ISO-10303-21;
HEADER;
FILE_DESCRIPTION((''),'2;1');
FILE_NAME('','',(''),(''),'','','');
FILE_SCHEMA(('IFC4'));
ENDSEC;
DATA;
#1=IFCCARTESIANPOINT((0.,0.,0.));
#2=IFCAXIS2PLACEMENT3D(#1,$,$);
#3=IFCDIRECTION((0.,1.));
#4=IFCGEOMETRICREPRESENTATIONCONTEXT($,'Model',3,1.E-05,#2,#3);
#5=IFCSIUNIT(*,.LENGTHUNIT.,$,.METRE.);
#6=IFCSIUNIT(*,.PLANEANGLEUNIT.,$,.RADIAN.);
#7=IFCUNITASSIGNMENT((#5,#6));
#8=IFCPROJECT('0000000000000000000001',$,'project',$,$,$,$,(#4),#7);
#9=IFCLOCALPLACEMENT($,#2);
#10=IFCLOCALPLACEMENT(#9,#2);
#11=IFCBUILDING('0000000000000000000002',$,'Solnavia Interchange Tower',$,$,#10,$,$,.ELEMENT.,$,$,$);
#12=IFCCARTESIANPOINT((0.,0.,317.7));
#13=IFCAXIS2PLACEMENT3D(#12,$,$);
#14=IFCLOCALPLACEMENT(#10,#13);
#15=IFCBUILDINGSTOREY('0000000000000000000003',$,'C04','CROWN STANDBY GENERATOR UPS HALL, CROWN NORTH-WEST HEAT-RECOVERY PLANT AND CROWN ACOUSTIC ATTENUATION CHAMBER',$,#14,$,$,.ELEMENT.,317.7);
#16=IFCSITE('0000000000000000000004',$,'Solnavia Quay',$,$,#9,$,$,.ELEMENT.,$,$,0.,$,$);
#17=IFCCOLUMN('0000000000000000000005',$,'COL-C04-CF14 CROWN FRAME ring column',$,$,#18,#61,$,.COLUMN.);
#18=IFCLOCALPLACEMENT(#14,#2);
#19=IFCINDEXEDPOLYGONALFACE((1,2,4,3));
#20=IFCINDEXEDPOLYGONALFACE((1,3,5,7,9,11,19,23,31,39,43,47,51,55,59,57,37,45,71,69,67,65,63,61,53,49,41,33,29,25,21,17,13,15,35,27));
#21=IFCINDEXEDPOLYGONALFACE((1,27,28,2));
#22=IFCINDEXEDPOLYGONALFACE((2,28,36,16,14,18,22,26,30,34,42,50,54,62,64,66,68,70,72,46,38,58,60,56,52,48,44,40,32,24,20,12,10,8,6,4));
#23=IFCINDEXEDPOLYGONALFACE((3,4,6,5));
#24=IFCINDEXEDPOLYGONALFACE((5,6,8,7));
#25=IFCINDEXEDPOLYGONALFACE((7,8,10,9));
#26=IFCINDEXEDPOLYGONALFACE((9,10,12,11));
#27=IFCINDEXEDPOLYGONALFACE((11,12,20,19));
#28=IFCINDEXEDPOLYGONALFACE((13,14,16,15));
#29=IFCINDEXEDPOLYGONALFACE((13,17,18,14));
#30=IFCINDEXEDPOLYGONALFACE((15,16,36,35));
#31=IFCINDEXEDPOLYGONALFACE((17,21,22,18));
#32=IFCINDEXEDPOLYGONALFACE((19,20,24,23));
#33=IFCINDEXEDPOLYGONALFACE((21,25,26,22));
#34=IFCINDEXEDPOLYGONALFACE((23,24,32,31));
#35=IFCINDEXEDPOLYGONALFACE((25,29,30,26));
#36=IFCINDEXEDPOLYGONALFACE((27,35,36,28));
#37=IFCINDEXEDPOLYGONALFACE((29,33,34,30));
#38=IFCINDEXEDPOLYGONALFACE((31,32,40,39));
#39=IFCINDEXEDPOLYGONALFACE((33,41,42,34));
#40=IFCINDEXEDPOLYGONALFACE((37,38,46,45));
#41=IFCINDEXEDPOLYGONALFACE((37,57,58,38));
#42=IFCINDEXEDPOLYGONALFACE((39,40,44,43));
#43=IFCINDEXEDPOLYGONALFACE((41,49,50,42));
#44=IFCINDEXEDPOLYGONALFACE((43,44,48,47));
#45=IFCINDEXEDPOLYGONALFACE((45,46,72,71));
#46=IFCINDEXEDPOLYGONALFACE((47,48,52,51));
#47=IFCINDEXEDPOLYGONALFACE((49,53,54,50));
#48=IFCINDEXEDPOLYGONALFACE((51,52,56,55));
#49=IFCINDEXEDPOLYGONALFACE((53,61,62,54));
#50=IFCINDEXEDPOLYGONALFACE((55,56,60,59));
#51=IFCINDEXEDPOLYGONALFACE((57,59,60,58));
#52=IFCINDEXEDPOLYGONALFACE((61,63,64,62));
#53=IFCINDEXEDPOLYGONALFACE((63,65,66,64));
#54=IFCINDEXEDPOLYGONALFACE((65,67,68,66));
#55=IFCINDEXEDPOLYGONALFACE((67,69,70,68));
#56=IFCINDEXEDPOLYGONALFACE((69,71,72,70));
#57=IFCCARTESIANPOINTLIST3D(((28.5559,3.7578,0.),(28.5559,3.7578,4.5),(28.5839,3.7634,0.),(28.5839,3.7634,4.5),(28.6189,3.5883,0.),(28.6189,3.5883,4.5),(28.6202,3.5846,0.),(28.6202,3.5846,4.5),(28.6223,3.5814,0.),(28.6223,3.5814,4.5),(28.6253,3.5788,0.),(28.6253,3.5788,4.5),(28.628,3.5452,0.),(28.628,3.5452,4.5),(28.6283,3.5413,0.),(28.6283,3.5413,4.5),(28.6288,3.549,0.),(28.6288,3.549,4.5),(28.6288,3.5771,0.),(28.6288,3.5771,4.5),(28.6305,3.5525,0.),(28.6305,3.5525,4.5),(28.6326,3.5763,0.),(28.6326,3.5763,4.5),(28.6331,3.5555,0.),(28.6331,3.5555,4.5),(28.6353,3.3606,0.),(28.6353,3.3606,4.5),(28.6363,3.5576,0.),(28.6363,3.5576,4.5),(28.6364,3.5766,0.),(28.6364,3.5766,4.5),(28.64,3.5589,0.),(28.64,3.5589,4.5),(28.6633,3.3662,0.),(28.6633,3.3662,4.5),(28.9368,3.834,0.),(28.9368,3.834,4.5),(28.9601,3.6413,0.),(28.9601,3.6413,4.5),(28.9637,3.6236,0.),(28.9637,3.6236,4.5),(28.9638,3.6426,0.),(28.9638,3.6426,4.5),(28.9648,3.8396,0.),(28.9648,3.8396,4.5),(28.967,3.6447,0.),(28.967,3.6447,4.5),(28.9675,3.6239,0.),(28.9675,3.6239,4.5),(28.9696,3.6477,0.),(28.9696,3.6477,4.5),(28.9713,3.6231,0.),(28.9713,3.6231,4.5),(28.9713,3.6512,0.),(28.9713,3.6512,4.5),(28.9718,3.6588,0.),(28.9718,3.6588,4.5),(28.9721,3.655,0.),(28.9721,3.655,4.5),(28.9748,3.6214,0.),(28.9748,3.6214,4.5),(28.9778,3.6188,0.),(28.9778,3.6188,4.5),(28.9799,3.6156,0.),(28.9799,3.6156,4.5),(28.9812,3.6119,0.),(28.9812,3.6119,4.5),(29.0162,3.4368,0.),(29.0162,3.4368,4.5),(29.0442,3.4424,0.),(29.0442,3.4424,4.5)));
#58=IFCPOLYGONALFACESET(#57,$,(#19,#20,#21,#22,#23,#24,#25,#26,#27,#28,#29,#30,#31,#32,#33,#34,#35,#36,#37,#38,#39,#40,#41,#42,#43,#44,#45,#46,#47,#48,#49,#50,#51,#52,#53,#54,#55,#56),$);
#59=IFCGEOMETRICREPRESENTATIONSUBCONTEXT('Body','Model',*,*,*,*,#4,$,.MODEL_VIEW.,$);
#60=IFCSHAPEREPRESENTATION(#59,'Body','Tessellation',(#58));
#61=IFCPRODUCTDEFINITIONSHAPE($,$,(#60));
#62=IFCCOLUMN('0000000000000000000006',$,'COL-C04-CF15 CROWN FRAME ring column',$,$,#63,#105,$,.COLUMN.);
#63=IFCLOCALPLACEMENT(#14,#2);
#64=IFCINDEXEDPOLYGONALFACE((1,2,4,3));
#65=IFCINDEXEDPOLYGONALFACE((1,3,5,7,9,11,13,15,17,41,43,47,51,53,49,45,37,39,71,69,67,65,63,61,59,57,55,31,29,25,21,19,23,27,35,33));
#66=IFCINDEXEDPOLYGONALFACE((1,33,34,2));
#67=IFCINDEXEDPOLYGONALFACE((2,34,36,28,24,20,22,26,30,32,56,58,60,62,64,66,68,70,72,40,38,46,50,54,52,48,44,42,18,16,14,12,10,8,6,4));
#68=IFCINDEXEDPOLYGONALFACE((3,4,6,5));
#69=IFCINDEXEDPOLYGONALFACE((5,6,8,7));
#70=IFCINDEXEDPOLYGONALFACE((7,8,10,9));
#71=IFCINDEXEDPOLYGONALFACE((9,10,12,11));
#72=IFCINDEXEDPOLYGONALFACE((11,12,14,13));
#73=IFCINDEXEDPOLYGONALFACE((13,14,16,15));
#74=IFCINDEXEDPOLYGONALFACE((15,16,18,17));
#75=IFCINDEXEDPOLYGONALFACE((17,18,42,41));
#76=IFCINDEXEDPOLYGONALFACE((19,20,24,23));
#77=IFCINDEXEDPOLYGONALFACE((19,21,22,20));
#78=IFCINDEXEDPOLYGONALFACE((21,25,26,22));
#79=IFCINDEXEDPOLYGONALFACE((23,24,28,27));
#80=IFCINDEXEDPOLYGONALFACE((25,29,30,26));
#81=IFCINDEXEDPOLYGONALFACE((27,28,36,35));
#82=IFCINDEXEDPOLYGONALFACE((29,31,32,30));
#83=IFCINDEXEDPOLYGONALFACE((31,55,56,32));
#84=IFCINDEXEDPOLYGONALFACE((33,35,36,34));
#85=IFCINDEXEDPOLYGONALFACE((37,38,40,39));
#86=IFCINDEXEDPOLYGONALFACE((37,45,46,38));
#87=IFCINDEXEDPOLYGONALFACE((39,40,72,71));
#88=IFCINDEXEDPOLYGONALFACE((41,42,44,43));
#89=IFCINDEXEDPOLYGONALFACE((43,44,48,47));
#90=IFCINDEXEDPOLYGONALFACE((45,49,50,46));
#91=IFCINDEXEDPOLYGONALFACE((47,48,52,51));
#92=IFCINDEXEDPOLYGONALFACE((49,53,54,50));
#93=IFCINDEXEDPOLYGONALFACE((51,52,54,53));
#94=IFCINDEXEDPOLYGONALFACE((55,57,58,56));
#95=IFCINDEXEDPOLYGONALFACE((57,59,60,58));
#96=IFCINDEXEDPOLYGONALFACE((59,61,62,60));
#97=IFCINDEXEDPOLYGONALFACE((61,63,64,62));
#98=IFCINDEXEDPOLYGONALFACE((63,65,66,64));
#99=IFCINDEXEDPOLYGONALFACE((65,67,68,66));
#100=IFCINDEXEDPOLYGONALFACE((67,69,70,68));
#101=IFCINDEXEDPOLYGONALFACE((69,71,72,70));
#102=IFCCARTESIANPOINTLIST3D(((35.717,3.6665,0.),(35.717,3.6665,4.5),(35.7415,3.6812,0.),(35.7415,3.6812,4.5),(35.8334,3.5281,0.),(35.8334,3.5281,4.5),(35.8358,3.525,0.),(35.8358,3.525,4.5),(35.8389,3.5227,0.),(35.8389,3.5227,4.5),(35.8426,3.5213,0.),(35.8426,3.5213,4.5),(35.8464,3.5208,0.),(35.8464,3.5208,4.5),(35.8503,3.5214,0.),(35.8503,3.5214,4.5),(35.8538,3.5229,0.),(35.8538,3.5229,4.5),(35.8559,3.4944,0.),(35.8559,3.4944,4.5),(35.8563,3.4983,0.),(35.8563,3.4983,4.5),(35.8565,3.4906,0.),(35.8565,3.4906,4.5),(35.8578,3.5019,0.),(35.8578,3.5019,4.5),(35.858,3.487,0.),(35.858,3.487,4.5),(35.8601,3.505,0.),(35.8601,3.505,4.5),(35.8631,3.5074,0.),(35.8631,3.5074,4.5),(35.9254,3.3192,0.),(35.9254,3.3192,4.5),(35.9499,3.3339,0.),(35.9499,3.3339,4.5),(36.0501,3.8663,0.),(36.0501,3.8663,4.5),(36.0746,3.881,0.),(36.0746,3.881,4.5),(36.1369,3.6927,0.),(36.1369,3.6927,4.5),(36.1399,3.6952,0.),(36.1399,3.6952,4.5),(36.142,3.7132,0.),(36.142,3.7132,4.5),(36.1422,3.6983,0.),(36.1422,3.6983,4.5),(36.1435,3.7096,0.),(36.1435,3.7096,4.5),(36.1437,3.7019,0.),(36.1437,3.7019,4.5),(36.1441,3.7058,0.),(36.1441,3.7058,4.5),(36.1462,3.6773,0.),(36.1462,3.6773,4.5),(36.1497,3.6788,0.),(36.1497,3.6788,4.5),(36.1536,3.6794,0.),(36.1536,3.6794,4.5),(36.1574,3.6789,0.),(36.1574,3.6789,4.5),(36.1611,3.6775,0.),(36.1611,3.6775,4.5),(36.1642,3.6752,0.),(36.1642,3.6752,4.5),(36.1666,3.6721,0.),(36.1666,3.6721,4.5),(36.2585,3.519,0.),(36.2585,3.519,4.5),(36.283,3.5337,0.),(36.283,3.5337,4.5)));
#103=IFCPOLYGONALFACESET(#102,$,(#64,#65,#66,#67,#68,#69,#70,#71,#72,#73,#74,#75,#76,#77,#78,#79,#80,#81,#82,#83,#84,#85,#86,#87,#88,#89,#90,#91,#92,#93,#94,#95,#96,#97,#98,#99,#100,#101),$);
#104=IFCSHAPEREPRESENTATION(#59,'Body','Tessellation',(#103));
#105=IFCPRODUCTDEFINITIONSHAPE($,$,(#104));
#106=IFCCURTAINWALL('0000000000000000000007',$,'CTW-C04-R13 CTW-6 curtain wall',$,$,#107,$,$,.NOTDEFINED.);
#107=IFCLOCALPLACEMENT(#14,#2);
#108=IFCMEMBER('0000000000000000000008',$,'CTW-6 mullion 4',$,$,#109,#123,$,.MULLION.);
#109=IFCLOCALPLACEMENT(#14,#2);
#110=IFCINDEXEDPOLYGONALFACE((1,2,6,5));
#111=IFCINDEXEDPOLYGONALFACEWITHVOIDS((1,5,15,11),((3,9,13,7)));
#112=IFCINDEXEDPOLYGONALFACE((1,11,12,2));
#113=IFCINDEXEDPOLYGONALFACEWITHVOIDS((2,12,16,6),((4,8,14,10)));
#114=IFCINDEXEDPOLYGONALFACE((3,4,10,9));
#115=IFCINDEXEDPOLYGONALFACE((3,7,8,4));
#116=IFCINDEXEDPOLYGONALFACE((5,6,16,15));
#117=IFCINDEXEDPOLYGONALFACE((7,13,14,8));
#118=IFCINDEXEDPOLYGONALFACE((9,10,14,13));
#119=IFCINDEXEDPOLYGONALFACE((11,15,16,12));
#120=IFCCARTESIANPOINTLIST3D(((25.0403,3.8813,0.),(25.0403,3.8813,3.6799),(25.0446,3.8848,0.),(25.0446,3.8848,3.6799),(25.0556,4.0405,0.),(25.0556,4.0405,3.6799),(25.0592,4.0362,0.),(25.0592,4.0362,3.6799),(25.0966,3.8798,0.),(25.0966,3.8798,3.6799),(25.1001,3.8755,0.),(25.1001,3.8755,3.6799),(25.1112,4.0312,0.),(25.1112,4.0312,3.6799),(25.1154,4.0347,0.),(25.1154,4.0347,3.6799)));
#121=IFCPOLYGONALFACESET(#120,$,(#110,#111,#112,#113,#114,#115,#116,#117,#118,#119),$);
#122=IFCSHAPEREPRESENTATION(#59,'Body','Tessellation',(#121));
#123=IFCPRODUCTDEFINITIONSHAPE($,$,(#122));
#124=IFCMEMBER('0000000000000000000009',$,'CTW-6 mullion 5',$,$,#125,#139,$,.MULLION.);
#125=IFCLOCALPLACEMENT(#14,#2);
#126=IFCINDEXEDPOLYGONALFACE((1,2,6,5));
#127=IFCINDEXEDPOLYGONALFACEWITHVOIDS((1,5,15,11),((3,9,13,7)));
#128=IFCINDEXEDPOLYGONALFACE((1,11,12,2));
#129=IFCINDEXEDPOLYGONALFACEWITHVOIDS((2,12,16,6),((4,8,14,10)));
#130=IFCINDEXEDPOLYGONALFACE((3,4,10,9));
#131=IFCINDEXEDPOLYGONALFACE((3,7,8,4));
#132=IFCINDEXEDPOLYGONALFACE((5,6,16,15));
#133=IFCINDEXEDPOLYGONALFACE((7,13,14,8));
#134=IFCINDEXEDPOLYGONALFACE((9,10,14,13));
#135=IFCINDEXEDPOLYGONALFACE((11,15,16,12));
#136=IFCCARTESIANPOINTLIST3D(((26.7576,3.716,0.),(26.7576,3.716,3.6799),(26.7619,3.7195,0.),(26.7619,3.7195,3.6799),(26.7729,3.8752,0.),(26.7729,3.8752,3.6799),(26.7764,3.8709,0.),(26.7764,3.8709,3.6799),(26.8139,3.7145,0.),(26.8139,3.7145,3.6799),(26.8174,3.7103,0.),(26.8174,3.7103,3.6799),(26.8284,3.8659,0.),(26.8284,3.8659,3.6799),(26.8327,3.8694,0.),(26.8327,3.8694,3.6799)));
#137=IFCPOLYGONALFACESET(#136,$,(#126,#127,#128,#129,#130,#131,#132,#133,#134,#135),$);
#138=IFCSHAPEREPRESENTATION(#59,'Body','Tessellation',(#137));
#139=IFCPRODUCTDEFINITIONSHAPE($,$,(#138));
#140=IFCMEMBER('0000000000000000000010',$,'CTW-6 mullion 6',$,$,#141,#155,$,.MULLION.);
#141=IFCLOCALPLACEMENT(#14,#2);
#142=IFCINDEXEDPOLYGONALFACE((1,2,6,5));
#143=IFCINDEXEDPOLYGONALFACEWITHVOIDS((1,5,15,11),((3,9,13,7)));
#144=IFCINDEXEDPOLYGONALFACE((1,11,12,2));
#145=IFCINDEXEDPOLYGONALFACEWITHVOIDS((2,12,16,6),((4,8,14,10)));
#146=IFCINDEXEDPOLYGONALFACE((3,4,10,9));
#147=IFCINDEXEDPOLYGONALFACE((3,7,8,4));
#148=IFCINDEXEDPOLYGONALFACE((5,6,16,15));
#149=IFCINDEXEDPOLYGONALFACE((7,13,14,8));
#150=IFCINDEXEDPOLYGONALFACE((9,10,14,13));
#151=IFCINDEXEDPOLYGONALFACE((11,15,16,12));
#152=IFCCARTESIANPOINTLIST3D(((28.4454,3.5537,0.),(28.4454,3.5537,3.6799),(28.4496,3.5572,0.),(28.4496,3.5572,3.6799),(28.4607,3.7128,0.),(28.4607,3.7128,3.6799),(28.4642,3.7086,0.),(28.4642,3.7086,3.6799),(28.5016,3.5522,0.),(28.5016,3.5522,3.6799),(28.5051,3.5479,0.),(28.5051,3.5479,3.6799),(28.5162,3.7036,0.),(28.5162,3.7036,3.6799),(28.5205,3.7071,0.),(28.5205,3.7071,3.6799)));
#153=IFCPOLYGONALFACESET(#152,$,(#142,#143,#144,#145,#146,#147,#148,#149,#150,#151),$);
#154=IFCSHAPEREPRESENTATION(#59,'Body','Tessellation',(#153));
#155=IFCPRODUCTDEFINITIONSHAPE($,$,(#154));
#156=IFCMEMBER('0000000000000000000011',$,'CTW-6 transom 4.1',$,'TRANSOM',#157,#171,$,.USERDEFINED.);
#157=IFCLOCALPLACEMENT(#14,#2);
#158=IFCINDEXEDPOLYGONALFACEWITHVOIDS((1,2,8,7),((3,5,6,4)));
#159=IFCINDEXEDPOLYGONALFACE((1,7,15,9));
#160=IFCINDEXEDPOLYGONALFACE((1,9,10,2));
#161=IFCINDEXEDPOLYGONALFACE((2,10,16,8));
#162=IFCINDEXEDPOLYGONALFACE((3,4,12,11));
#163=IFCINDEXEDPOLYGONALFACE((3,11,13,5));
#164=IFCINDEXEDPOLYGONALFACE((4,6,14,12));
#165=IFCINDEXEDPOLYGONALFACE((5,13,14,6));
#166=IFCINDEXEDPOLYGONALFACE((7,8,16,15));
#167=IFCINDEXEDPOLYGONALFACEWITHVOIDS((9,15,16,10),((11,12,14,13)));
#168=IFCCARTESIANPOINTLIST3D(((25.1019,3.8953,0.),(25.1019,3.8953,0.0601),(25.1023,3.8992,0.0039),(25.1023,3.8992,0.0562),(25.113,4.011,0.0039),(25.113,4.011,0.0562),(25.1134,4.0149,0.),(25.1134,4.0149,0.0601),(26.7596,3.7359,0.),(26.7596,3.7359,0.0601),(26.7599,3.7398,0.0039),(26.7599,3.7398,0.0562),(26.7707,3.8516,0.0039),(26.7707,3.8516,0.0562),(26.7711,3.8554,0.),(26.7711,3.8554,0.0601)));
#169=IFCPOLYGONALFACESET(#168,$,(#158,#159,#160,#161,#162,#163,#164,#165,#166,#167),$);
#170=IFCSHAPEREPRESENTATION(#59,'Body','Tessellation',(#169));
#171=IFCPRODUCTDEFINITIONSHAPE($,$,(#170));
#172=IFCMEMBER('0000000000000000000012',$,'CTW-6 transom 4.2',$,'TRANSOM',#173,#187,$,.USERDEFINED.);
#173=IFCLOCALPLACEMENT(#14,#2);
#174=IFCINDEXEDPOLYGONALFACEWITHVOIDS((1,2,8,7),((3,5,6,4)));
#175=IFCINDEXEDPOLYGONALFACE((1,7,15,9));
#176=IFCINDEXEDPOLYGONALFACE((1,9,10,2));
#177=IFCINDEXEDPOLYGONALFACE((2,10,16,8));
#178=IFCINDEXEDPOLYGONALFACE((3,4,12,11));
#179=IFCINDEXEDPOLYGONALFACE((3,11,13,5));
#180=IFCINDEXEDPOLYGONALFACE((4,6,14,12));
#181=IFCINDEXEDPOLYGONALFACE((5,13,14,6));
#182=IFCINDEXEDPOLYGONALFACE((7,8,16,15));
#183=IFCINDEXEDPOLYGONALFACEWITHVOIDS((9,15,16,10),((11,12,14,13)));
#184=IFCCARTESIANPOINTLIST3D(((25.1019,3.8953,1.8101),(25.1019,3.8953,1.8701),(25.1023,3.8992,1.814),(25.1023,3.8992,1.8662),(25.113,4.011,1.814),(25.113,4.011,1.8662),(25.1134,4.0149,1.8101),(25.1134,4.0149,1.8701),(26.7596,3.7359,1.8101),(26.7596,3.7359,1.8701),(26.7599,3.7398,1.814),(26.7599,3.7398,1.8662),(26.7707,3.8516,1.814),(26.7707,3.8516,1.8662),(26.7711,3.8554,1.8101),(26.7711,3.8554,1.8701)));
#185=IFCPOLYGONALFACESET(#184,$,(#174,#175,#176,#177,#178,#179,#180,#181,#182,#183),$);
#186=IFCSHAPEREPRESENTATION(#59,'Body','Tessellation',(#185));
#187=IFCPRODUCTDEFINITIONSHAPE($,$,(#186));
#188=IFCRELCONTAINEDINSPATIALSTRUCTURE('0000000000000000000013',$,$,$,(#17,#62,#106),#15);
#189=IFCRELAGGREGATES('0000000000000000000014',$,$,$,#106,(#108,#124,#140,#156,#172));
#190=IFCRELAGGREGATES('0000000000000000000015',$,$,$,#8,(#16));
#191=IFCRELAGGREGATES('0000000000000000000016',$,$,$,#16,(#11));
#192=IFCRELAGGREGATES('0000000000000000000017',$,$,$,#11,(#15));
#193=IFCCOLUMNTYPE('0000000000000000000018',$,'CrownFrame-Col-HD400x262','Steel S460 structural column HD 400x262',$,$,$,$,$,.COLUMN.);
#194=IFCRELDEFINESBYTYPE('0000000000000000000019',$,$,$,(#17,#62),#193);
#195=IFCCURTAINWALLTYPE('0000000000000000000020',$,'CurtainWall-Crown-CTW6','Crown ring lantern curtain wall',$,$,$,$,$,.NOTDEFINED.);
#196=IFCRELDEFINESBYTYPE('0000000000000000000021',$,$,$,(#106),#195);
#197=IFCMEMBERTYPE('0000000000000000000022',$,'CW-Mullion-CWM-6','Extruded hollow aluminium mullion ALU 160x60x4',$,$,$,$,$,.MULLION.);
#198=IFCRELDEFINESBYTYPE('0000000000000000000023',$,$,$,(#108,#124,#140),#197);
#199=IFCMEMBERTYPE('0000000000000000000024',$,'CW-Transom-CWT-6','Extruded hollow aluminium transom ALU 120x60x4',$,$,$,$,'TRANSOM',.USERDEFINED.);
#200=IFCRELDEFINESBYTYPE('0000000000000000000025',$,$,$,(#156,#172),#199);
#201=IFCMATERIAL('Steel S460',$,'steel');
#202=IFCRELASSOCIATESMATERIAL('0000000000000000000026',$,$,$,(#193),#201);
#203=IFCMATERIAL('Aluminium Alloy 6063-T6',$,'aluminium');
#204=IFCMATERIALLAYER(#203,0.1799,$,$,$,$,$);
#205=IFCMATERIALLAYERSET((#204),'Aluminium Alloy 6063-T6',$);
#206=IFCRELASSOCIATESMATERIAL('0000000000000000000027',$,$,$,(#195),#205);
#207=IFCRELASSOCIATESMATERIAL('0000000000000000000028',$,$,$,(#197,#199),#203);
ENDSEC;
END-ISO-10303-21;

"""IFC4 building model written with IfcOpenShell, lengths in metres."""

from ifc_helpers import new_model, si_unit, direction, frame, origin, origin_2d, place, context, subcontext, project, spatial, hollow_rectangle, i_section, extrude, material, layer, layer_set, material_profile, profile_set, type_object, element, aggregate, save


model = new_model("IFC4")

# Units and contexts
model_context = context("Model", 3, precision=1e-05, world=origin(), true_north=direction((0.0, 1.0)))
body_context = subcontext(model_context, "Body", "Model", "MODEL_VIEW")
ifc_project = project(units=[si_unit("LENGTHUNIT", "METRE"), si_unit("PLANEANGLEUNIT", "RADIAN")], contexts=[model_context])

# Site, building, storey
site_placement = place(None, origin())
site = spatial("IfcSite", under=ifc_project, at=site_placement, Name="Solnavia Quay", CompositionType="ELEMENT", RefElevation=0.0)
building_placement = place(site_placement, origin())
building = spatial("IfcBuilding", under=site, at=building_placement, Name="Solnavia Interchange Tower", CompositionType="ELEMENT")
storey_placement = place(building_placement, frame((0.0, 0.0, 317.7)))
storey = spatial("IfcBuildingStorey", under=building, at=storey_placement, Name="C04", Description="CROWN STANDBY GENERATOR UPS HALL, CROWN NORTH-WEST HEAT-RECOVERY PLANT AND CROWN ACOUSTIC ATTENUATION CHAMBER", CompositionType="ELEMENT", Elevation=317.7)

# Columns
ifc_material_1 = material(Name="Steel S460", Category="steel")
ifc_material_profile_1 = material_profile(ifc_material_1, i_section(OverallWidth=0.405, OverallDepth=0.417, WebThickness=0.0181, FlangeThickness=0.0286, FilletRadius=0.0149, at=origin_2d()), Name="HD 400x262")
ifc_profile_set_1 = profile_set([ifc_material_profile_1], Name="Steel S460")
column_type = type_object("IfcColumnType", Name="CrownFrame-Col-HD400x262", Description="Steel S460 structural column HD 400x262", PredefinedType="COLUMN", material=ifc_profile_set_1)
for number, where, z_axis, x_axis, name in (
    (1, (28.8, 3.6001, 0.0), (0.0, 0.0, 1.0), (0.196117, -0.98058, 0.0), "COL-C04-CF14 CROWN FRAME ring column"),
    (2, (36.0, 3.6001, 0.0), (0.0, 0.0, 1.0), (0.51444, -0.857527, 0.0), "COL-C04-CF15 CROWN FRAME ring column"),
):
    element("IfcColumn", number, at=place(storey_placement, frame(where, z_axis=z_axis, x_axis=x_axis)), inside=storey, type_object=column_type, Name=name, PredefinedType="COLUMN", context=body_context, shape_type="SweptSolid", body=[
        extrude(i_section(OverallWidth=0.405, OverallDepth=0.417, WebThickness=0.0181, FlangeThickness=0.0286, FilletRadius=0.0149, at=origin_2d()), origin(), (0.0, 0.0, 1.0), 4.5),
    ])

# Curtain wall, members
ifc_material_2 = material(Name="Aluminium Alloy 6063-T6", Category="aluminium")
ifc_layer_1 = layer(ifc_material_2, 0.1799)
ifc_layer_set_1 = layer_set([ifc_layer_1], Name="Aluminium Alloy 6063-T6")
curtain_wall_type = type_object("IfcCurtainWallType", Name="CurtainWall-Crown-CTW6", Description="Crown ring lantern curtain wall", PredefinedType="NOTDEFINED", material=ifc_layer_set_1)
curtain_wall_placement = place(storey_placement, origin())
curtain_wall = element("IfcCurtainWall", 3, at=curtain_wall_placement, inside=storey, type_object=curtain_wall_type, Name="CTW-C04-R13 CTW-6 curtain wall", PredefinedType="NOTDEFINED")
ifc_material_profile_2 = material_profile(ifc_material_2, hollow_rectangle(XDim=0.0601, YDim=0.1599, WallThickness=0.0039, at=origin_2d()), Name="ALU 160x60x4")
ifc_profile_set_2 = profile_set([ifc_material_profile_2], Name="Aluminium Alloy 6063-T6")
member_type_1 = type_object("IfcMemberType", Name="CW-Mullion-CWM-6", Description="Extruded hollow aluminium mullion ALU 160x60x4", PredefinedType="MULLION", material=ifc_profile_set_2)
member_1_placement = place(storey_placement, frame((25.0779, 3.958, 0.0), z_axis=(0.0, 0.0, 1.0), x_axis=(0.995408, -0.09572, 0.0)))
member_1 = element("IfcMember", 4, at=member_1_placement, type_object=member_type_1, Name="CTW-6 mullion 4", PredefinedType="MULLION", context=body_context, shape_type="SweptSolid", body=[
    extrude(hollow_rectangle(XDim=0.0601, YDim=0.1599, WallThickness=0.0039, at=origin_2d()), origin(), (0.0, 0.0, 1.0), 3.6799),
])
member_2_placement = place(storey_placement, frame((26.7952, 3.7927, 0.0), z_axis=(0.0, 0.0, 1.0), x_axis=(0.995408, -0.09572, 0.0)))
member_2 = element("IfcMember", 5, at=member_2_placement, type_object=member_type_1, Name="CTW-6 mullion 5", PredefinedType="MULLION", context=body_context, shape_type="SweptSolid", body=[
    extrude(hollow_rectangle(XDim=0.0601, YDim=0.1599, WallThickness=0.0039, at=origin_2d()), origin(), (0.0, 0.0, 1.0), 3.6799),
])
member_3_placement = place(storey_placement, frame((28.4829, 3.6304, 0.0), z_axis=(0.0, 0.0, 1.0), x_axis=(0.995408, -0.09572, 0.0)))
member_3 = element("IfcMember", 6, at=member_3_placement, type_object=member_type_1, Name="CTW-6 mullion 6", PredefinedType="MULLION", context=body_context, shape_type="SweptSolid", body=[
    extrude(hollow_rectangle(XDim=0.0601, YDim=0.1599, WallThickness=0.0039, at=origin_2d()), origin(), (0.0, 0.0, 1.0), 3.6799),
])
ifc_material_profile_3 = material_profile(ifc_material_2, hollow_rectangle(XDim=0.0601, YDim=0.1201, WallThickness=0.0039, at=origin_2d()), Name="ALU 120x60x4")
ifc_profile_set_3 = profile_set([ifc_material_profile_3], Name="Aluminium Alloy 6063-T6")
member_type_2 = type_object("IfcMemberType", Name="CW-Transom-CWT-6", Description="Extruded hollow aluminium transom ALU 120x60x4", ElementType="TRANSOM", PredefinedType="USERDEFINED", material=ifc_profile_set_3)
member_4_placement = place(storey_placement, frame((25.1077, 3.9551, 0.03), z_axis=(0.995407, -0.095729, 0.0), x_axis=(0.0, 0.0, 1.0)))
member_4 = element("IfcMember", 7, at=member_4_placement, type_object=member_type_2, Name="CTW-6 transom 4.1", ObjectType="TRANSOM", PredefinedType="USERDEFINED", context=body_context, shape_type="SweptSolid", body=[
    extrude(hollow_rectangle(XDim=0.0601, YDim=0.1201, WallThickness=0.0039, at=origin_2d()), origin(), (0.0, 0.0, 1.0), 1.6653),
])
member_5_placement = place(storey_placement, frame((25.1077, 3.9551, 1.8401), z_axis=(0.995407, -0.095729, 0.0), x_axis=(0.0, 0.0, 1.0)))
member_5 = element("IfcMember", 8, at=member_5_placement, type_object=member_type_2, Name="CTW-6 transom 4.2", ObjectType="TRANSOM", PredefinedType="USERDEFINED", context=body_context, shape_type="SweptSolid", body=[
    extrude(hollow_rectangle(XDim=0.0601, YDim=0.1201, WallThickness=0.0039, at=origin_2d()), origin(), (0.0, 0.0, 1.0), 1.6653),
])

aggregate(curtain_wall, [member_1, member_2, member_3, member_4, member_5])

save(model, "model.ifc")
